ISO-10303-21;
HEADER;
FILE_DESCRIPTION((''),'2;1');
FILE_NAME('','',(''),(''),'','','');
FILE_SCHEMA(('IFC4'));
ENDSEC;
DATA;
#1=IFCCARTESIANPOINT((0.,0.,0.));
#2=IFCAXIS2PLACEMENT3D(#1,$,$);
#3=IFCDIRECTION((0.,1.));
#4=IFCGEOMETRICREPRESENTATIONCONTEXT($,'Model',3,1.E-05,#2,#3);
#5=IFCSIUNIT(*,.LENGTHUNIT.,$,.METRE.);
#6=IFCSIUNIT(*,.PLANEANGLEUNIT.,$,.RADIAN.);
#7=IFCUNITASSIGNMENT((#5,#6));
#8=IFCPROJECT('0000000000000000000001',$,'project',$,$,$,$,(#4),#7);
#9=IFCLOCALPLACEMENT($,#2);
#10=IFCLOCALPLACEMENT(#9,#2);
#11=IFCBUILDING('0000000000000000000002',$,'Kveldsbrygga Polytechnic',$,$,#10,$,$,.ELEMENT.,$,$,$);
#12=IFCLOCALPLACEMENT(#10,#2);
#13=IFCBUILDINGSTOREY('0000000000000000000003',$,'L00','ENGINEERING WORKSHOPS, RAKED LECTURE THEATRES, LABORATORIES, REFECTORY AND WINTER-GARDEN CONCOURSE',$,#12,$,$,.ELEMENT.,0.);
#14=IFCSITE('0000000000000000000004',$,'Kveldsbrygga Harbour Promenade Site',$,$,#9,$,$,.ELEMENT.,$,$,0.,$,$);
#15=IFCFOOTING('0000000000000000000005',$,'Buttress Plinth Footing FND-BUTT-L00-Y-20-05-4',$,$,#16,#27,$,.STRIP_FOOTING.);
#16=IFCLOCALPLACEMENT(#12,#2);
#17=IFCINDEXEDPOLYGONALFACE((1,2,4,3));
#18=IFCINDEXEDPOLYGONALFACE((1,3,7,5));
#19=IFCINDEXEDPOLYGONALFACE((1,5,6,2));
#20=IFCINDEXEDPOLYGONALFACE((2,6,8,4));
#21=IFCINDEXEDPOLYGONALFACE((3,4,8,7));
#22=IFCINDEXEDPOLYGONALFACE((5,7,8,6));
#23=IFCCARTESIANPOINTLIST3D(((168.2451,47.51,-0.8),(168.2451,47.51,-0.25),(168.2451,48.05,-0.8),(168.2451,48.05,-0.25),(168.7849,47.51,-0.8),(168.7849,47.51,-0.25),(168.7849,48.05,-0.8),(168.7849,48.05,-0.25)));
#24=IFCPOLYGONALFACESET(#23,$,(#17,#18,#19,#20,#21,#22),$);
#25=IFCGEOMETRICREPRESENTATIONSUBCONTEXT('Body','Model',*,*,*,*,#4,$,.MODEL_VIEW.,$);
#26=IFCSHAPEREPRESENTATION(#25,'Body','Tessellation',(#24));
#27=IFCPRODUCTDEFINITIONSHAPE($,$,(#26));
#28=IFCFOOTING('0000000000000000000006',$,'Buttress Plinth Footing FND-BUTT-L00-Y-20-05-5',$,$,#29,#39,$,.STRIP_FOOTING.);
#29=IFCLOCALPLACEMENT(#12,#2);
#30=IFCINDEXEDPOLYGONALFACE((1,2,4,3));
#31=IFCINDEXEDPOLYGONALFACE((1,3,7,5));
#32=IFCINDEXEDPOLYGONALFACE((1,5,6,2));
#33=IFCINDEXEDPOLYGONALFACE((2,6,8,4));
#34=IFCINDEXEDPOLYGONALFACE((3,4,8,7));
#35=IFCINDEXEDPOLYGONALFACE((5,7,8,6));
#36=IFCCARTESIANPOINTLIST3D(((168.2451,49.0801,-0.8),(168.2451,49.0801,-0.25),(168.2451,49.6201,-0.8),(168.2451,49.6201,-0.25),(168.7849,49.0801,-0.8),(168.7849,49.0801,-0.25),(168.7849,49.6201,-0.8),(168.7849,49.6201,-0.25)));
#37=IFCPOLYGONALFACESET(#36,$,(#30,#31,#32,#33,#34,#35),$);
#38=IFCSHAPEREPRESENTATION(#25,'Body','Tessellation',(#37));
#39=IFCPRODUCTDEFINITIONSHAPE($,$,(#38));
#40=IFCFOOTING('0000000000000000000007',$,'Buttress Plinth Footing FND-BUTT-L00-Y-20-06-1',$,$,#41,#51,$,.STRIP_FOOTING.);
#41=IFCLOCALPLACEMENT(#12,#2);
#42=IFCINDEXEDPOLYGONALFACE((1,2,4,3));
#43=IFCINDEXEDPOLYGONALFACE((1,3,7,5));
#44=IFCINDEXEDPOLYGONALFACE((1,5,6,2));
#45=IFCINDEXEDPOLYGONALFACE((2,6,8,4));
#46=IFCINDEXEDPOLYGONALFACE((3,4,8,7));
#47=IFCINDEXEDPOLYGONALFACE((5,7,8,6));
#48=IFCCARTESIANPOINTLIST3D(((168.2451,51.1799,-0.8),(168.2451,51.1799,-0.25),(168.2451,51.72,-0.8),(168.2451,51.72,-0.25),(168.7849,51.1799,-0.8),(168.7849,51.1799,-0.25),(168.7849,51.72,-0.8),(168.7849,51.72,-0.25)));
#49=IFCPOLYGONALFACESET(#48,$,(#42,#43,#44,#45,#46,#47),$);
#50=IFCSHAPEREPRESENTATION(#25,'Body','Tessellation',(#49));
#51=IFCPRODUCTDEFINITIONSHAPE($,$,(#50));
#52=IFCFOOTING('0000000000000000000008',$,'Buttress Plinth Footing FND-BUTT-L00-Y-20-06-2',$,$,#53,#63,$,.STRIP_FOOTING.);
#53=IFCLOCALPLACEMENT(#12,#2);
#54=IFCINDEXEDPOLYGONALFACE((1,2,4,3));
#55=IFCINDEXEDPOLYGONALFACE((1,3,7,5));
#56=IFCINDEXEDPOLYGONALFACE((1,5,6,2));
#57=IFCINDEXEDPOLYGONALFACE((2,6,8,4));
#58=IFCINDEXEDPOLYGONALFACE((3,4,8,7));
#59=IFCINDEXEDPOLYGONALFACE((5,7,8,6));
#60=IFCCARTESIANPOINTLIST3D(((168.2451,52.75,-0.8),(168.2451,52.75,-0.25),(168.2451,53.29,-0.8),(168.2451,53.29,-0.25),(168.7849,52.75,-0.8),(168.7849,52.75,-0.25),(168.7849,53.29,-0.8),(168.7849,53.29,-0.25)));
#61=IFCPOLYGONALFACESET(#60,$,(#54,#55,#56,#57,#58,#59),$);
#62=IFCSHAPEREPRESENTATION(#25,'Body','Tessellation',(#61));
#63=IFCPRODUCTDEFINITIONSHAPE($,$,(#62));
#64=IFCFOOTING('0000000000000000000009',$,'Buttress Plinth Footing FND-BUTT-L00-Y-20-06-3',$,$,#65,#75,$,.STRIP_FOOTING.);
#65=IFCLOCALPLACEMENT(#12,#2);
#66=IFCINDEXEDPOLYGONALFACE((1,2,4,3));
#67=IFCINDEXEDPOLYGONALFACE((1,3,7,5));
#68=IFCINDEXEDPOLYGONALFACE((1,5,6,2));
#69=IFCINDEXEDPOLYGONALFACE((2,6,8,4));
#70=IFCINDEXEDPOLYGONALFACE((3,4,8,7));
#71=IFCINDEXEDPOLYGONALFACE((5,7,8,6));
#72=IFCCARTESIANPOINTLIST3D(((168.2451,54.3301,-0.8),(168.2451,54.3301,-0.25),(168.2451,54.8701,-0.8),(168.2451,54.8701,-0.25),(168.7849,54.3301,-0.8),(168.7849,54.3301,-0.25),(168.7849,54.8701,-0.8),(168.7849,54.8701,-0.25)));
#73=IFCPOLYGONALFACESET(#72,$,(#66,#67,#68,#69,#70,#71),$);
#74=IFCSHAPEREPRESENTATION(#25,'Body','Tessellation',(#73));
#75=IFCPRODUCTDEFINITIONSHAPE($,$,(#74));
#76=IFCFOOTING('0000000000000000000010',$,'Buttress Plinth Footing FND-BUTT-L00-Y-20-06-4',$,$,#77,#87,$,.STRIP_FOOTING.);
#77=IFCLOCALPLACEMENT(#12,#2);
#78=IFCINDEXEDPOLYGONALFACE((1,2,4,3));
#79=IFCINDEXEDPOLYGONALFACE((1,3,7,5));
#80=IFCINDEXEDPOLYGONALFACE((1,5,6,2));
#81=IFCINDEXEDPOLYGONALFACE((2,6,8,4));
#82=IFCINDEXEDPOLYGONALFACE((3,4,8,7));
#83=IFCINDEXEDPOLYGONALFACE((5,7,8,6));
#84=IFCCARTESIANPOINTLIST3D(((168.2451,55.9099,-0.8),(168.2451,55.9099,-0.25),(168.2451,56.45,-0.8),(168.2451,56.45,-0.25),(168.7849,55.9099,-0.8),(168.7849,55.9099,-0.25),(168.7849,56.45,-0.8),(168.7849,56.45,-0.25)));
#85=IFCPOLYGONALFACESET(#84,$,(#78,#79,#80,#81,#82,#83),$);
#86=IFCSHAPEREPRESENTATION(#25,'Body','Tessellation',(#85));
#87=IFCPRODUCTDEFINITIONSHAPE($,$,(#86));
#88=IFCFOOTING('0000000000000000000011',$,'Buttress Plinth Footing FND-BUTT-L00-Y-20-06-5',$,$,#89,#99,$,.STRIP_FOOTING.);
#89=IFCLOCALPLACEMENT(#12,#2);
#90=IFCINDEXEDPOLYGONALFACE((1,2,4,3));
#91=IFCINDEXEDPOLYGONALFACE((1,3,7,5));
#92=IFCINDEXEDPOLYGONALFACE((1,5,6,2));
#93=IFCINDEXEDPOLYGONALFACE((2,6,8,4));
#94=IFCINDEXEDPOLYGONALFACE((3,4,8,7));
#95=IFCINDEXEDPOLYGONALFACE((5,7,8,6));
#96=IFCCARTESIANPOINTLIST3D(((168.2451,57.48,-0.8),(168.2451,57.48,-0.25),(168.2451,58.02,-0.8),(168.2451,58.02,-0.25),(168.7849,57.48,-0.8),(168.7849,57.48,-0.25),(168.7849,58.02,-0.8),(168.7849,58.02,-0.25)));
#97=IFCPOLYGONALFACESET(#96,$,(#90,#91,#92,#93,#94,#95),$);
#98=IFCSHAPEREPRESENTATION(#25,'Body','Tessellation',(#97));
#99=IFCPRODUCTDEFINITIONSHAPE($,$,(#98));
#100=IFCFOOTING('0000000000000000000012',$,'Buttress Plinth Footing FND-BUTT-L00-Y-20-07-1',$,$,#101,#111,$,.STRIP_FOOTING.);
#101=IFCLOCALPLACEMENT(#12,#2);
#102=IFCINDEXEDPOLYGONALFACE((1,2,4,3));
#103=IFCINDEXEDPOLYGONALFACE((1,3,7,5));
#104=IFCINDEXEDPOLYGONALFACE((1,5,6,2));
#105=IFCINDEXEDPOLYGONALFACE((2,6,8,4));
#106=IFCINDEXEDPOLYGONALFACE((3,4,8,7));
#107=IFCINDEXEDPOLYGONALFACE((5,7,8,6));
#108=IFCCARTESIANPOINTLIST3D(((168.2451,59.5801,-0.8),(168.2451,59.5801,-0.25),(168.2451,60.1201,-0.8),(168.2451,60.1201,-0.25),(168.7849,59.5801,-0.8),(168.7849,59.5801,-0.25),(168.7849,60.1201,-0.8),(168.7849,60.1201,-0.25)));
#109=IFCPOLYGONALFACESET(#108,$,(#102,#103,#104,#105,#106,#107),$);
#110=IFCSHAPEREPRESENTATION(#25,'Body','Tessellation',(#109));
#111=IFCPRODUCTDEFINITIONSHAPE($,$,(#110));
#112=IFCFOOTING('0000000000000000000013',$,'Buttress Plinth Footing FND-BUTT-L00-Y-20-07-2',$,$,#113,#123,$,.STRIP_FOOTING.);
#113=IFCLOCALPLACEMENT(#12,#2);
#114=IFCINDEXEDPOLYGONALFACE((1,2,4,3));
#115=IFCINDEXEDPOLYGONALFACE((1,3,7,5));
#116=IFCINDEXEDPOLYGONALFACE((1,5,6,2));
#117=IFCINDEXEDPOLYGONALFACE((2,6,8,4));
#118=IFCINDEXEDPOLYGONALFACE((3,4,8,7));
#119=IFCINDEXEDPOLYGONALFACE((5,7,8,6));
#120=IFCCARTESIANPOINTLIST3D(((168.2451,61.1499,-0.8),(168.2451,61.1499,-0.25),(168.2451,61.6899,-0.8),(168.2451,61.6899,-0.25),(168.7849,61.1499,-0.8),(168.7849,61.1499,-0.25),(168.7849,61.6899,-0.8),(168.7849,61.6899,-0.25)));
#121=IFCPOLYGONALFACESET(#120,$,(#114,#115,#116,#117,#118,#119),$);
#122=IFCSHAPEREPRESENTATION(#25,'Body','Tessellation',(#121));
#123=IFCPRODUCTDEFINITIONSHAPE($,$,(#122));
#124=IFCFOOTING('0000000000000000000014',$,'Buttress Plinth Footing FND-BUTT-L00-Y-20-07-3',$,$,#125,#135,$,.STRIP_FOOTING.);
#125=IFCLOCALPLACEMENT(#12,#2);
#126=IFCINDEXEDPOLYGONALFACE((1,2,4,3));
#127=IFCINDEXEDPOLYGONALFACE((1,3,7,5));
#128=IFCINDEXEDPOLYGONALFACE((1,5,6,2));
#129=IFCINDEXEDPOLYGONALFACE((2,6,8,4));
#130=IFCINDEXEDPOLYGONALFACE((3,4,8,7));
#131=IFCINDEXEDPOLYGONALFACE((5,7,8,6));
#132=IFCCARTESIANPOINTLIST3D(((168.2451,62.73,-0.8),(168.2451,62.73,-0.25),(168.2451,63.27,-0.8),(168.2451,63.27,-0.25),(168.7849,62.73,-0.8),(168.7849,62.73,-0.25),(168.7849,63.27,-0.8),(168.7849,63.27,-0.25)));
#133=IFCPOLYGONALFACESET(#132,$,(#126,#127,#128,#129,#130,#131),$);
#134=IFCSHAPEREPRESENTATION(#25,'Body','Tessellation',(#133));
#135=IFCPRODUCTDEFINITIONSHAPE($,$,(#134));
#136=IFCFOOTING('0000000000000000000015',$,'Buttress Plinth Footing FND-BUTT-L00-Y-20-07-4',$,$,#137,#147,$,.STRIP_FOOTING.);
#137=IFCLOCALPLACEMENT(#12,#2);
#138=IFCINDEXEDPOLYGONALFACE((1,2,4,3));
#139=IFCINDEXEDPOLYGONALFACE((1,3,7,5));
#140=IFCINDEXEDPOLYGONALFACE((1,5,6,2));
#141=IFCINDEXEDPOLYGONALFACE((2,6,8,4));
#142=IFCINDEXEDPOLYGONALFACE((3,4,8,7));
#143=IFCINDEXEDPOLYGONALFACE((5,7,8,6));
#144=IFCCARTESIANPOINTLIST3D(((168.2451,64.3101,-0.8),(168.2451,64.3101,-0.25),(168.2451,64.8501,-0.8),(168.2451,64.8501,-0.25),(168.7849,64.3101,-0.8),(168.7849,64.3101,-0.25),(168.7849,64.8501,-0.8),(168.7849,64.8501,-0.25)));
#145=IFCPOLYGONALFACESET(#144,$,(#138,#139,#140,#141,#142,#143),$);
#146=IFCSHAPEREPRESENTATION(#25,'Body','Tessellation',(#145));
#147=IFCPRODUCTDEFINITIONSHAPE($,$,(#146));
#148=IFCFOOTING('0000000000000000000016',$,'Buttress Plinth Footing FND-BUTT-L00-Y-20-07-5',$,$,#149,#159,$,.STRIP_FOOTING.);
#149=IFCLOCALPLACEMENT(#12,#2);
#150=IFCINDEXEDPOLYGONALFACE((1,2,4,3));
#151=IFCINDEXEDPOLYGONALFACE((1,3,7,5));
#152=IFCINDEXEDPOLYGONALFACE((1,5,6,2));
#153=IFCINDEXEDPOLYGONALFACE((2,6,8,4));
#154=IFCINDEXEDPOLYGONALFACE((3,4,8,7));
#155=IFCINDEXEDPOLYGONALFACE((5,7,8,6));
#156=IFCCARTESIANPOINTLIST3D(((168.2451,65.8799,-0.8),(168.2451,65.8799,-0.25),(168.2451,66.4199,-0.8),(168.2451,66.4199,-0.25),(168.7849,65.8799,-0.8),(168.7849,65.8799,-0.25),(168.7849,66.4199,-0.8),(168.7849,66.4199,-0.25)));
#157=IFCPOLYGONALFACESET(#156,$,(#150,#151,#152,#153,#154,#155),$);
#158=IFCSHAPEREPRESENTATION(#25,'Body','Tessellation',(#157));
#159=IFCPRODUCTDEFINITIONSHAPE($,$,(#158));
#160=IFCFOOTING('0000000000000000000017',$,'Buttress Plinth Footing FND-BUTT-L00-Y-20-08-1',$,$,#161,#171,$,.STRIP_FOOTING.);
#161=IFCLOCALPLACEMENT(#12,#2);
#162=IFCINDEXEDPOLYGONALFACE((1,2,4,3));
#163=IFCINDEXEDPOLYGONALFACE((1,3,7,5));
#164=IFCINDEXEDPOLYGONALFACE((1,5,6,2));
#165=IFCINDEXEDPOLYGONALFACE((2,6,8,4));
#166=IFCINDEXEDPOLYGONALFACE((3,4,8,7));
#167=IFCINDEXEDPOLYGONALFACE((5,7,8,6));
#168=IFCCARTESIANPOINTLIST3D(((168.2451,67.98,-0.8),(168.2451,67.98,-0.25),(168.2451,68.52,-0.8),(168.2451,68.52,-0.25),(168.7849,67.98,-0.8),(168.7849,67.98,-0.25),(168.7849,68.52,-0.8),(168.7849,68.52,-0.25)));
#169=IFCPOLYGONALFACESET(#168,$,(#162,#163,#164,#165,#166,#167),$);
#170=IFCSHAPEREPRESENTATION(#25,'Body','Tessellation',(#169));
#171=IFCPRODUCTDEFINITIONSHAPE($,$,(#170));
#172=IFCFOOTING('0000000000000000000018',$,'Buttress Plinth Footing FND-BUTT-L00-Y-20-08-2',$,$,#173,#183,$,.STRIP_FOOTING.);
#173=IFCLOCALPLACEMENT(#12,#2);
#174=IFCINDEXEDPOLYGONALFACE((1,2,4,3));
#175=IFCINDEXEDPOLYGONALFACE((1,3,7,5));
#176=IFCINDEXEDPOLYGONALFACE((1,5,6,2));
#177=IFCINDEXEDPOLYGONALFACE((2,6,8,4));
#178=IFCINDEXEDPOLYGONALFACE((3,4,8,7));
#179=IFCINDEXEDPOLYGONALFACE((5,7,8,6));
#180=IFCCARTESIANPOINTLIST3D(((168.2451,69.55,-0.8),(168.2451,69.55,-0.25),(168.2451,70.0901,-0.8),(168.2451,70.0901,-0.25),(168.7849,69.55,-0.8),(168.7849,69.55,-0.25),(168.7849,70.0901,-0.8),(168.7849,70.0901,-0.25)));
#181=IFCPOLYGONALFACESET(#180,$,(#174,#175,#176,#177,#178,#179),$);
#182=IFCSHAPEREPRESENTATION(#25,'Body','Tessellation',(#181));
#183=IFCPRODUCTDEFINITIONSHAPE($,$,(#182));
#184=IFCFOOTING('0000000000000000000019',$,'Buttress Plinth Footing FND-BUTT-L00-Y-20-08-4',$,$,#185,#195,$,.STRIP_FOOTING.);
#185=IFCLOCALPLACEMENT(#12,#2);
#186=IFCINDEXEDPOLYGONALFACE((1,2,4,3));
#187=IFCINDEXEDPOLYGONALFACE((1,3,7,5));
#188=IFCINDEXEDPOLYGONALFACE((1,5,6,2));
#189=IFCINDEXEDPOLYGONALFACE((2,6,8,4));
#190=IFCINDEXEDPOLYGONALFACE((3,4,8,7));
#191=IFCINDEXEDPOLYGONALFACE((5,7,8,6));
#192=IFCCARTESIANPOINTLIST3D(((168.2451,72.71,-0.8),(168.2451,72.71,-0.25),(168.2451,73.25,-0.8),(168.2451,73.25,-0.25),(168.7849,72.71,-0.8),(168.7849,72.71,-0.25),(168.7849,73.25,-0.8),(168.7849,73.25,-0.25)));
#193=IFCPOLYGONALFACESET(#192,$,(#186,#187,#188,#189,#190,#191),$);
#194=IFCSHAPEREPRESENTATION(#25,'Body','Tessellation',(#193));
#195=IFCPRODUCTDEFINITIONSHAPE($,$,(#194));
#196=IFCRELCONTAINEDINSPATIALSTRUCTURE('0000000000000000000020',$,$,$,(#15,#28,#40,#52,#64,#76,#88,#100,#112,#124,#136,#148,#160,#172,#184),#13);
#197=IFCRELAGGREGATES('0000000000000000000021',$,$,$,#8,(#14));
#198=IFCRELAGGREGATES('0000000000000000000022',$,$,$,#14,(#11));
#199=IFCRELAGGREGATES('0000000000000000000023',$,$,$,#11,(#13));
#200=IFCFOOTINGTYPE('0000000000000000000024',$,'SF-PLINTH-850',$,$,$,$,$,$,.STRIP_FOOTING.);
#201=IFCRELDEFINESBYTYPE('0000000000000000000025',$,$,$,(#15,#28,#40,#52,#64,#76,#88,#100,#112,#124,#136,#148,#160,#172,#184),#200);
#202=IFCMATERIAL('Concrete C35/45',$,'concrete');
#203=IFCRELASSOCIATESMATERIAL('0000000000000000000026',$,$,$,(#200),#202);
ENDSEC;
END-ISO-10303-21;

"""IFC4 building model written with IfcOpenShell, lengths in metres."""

from ifc_helpers import new_model, si_unit, direction, frame, origin, place, context, subcontext, project, spatial, polyline, outline, extrude, material, type_object, element, save


model = new_model("IFC4")

# Units and contexts
model_context = context("Model", 3, precision=1e-05, world=origin(), true_north=direction((0.0, 1.0)))
body_context = subcontext(model_context, "Body", "Model", "MODEL_VIEW")
ifc_project = project(units=[si_unit("LENGTHUNIT", "METRE"), si_unit("PLANEANGLEUNIT", "RADIAN")], contexts=[model_context])

# Site, building, storey
site_placement = place(None, origin())
site = spatial("IfcSite", under=ifc_project, at=site_placement, Name="Kveldsbrygga Harbour Promenade Site", CompositionType="ELEMENT", RefElevation=0.0)
building_placement = place(site_placement, origin())
building = spatial("IfcBuilding", under=site, at=building_placement, Name="Kveldsbrygga Polytechnic", CompositionType="ELEMENT")
storey_placement = place(building_placement, origin())
storey = spatial("IfcBuildingStorey", under=building, at=storey_placement, Name="L00", Description="ENGINEERING WORKSHOPS, RAKED LECTURE THEATRES, LABORATORIES, REFECTORY AND WINTER-GARDEN CONCOURSE", CompositionType="ELEMENT", Elevation=0.0)

# Footings
ifc_material = material(Name="Concrete C35/45", Category="concrete")
footing_type = type_object("IfcFootingType", Name="SF-PLINTH-850", PredefinedType="STRIP_FOOTING", material=ifc_material)
footing_1_placement = place(storey_placement, frame((0.0, 0.0, -0.8)))
element("IfcFooting", 1, at=footing_1_placement, inside=storey, type_object=footing_type, Name="Buttress Plinth Footing FND-BUTT-L00-Y-20-05-4", PredefinedType="STRIP_FOOTING", context=body_context, shape_type="SweptSolid", body=[
    extrude(outline(polyline([(168.2451, 47.51), (168.7849, 47.51), (168.7849, 48.05), (168.2451, 48.05), (168.2451, 47.51)])), origin(), (0.0, 0.0, 1.0), 0.55),
])
footing_2_placement = place(storey_placement, frame((0.0, 0.0, -0.8)))
element("IfcFooting", 2, at=footing_2_placement, inside=storey, type_object=footing_type, Name="Buttress Plinth Footing FND-BUTT-L00-Y-20-05-5", PredefinedType="STRIP_FOOTING", context=body_context, shape_type="SweptSolid", body=[
    extrude(outline(polyline([(168.2451, 49.0801), (168.7849, 49.0801), (168.7849, 49.6201), (168.2451, 49.6201), (168.2451, 49.0801)])), origin(), (0.0, 0.0, 1.0), 0.55),
])
footing_3_placement = place(storey_placement, frame((0.0, 0.0, -0.8)))
element("IfcFooting", 3, at=footing_3_placement, inside=storey, type_object=footing_type, Name="Buttress Plinth Footing FND-BUTT-L00-Y-20-06-1", PredefinedType="STRIP_FOOTING", context=body_context, shape_type="SweptSolid", body=[
    extrude(outline(polyline([(168.2451, 51.1799), (168.7849, 51.1799), (168.7849, 51.72), (168.2451, 51.72), (168.2451, 51.1799)])), origin(), (0.0, 0.0, 1.0), 0.55),
])
footing_4_placement = place(storey_placement, frame((0.0, 0.0, -0.8)))
element("IfcFooting", 4, at=footing_4_placement, inside=storey, type_object=footing_type, Name="Buttress Plinth Footing FND-BUTT-L00-Y-20-06-2", PredefinedType="STRIP_FOOTING", context=body_context, shape_type="SweptSolid", body=[
    extrude(outline(polyline([(168.2451, 52.75), (168.7849, 52.75), (168.7849, 53.29), (168.2451, 53.29), (168.2451, 52.75)])), origin(), (0.0, 0.0, 1.0), 0.55),
])
footing_5_placement = place(storey_placement, frame((0.0, 0.0, -0.8)))
element("IfcFooting", 5, at=footing_5_placement, inside=storey, type_object=footing_type, Name="Buttress Plinth Footing FND-BUTT-L00-Y-20-06-3", PredefinedType="STRIP_FOOTING", context=body_context, shape_type="SweptSolid", body=[
    extrude(outline(polyline([(168.2451, 54.3301), (168.7849, 54.3301), (168.7849, 54.8701), (168.2451, 54.8701), (168.2451, 54.3301)])), origin(), (0.0, 0.0, 1.0), 0.55),
])
footing_6_placement = place(storey_placement, frame((0.0, 0.0, -0.8)))
element("IfcFooting", 6, at=footing_6_placement, inside=storey, type_object=footing_type, Name="Buttress Plinth Footing FND-BUTT-L00-Y-20-06-4", PredefinedType="STRIP_FOOTING", context=body_context, shape_type="SweptSolid", body=[
    extrude(outline(polyline([(168.2451, 55.9099), (168.7849, 55.9099), (168.7849, 56.45), (168.2451, 56.45), (168.2451, 55.9099)])), origin(), (0.0, 0.0, 1.0), 0.55),
])
footing_7_placement = place(storey_placement, frame((0.0, 0.0, -0.8)))
element("IfcFooting", 7, at=footing_7_placement, inside=storey, type_object=footing_type, Name="Buttress Plinth Footing FND-BUTT-L00-Y-20-06-5", PredefinedType="STRIP_FOOTING", context=body_context, shape_type="SweptSolid", body=[
    extrude(outline(polyline([(168.2451, 57.48), (168.7849, 57.48), (168.7849, 58.02), (168.2451, 58.02), (168.2451, 57.48)])), origin(), (0.0, 0.0, 1.0), 0.55),
])
footing_8_placement = place(storey_placement, frame((0.0, 0.0, -0.8)))
element("IfcFooting", 8, at=footing_8_placement, inside=storey, type_object=footing_type, Name="Buttress Plinth Footing FND-BUTT-L00-Y-20-07-1", PredefinedType="STRIP_FOOTING", context=body_context, shape_type="SweptSolid", body=[
    extrude(outline(polyline([(168.2451, 59.5801), (168.7849, 59.5801), (168.7849, 60.1201), (168.2451, 60.1201), (168.2451, 59.5801)])), origin(), (0.0, 0.0, 1.0), 0.55),
])
footing_9_placement = place(storey_placement, frame((0.0, 0.0, -0.8)))
element("IfcFooting", 9, at=footing_9_placement, inside=storey, type_object=footing_type, Name="Buttress Plinth Footing FND-BUTT-L00-Y-20-07-2", PredefinedType="STRIP_FOOTING", context=body_context, shape_type="SweptSolid", body=[
    extrude(outline(polyline([(168.2451, 61.1499), (168.7849, 61.1499), (168.7849, 61.6899), (168.2451, 61.6899), (168.2451, 61.1499)])), origin(), (0.0, 0.0, 1.0), 0.55),
])
footing_10_placement = place(storey_placement, frame((0.0, 0.0, -0.8)))
element("IfcFooting", 10, at=footing_10_placement, inside=storey, type_object=footing_type, Name="Buttress Plinth Footing FND-BUTT-L00-Y-20-07-3", PredefinedType="STRIP_FOOTING", context=body_context, shape_type="SweptSolid", body=[
    extrude(outline(polyline([(168.2451, 62.73), (168.7849, 62.73), (168.7849, 63.27), (168.2451, 63.27), (168.2451, 62.73)])), origin(), (0.0, 0.0, 1.0), 0.55),
])
footing_11_placement = place(storey_placement, frame((0.0, 0.0, -0.8)))
element("IfcFooting", 11, at=footing_11_placement, inside=storey, type_object=footing_type, Name="Buttress Plinth Footing FND-BUTT-L00-Y-20-07-4", PredefinedType="STRIP_FOOTING", context=body_context, shape_type="SweptSolid", body=[
    extrude(outline(polyline([(168.2451, 64.3101), (168.7849, 64.3101), (168.7849, 64.8501), (168.2451, 64.8501), (168.2451, 64.3101)])), origin(), (0.0, 0.0, 1.0), 0.55),
])
footing_12_placement = place(storey_placement, frame((0.0, 0.0, -0.8)))
element("IfcFooting", 12, at=footing_12_placement, inside=storey, type_object=footing_type, Name="Buttress Plinth Footing FND-BUTT-L00-Y-20-07-5", PredefinedType="STRIP_FOOTING", context=body_context, shape_type="SweptSolid", body=[
    extrude(outline(polyline([(168.2451, 65.8799), (168.7849, 65.8799), (168.7849, 66.4199), (168.2451, 66.4199), (168.2451, 65.8799)])), origin(), (0.0, 0.0, 1.0), 0.55),
])
footing_13_placement = place(storey_placement, frame((0.0, 0.0, -0.8)))
element("IfcFooting", 13, at=footing_13_placement, inside=storey, type_object=footing_type, Name="Buttress Plinth Footing FND-BUTT-L00-Y-20-08-1", PredefinedType="STRIP_FOOTING", context=body_context, shape_type="SweptSolid", body=[
    extrude(outline(polyline([(168.2451, 67.98), (168.7849, 67.98), (168.7849, 68.52), (168.2451, 68.52), (168.2451, 67.98)])), origin(), (0.0, 0.0, 1.0), 0.55),
])
footing_14_placement = place(storey_placement, frame((0.0, 0.0, -0.8)))
element("IfcFooting", 14, at=footing_14_placement, inside=storey, type_object=footing_type, Name="Buttress Plinth Footing FND-BUTT-L00-Y-20-08-2", PredefinedType="STRIP_FOOTING", context=body_context, shape_type="SweptSolid", body=[
    extrude(outline(polyline([(168.2451, 69.55), (168.7849, 69.55), (168.7849, 70.0901), (168.2451, 70.0901), (168.2451, 69.55)])), origin(), (0.0, 0.0, 1.0), 0.55),
])
footing_15_placement = place(storey_placement, frame((0.0, 0.0, -0.8)))
element("IfcFooting", 15, at=footing_15_placement, inside=storey, type_object=footing_type, Name="Buttress Plinth Footing FND-BUTT-L00-Y-20-08-4", PredefinedType="STRIP_FOOTING", context=body_context, shape_type="SweptSolid", body=[
    extrude(outline(polyline([(168.2451, 72.71), (168.7849, 72.71), (168.7849, 73.25), (168.2451, 73.25), (168.2451, 72.71)])), origin(), (0.0, 0.0, 1.0), 0.55),
])

save(model, "model.ifc")
